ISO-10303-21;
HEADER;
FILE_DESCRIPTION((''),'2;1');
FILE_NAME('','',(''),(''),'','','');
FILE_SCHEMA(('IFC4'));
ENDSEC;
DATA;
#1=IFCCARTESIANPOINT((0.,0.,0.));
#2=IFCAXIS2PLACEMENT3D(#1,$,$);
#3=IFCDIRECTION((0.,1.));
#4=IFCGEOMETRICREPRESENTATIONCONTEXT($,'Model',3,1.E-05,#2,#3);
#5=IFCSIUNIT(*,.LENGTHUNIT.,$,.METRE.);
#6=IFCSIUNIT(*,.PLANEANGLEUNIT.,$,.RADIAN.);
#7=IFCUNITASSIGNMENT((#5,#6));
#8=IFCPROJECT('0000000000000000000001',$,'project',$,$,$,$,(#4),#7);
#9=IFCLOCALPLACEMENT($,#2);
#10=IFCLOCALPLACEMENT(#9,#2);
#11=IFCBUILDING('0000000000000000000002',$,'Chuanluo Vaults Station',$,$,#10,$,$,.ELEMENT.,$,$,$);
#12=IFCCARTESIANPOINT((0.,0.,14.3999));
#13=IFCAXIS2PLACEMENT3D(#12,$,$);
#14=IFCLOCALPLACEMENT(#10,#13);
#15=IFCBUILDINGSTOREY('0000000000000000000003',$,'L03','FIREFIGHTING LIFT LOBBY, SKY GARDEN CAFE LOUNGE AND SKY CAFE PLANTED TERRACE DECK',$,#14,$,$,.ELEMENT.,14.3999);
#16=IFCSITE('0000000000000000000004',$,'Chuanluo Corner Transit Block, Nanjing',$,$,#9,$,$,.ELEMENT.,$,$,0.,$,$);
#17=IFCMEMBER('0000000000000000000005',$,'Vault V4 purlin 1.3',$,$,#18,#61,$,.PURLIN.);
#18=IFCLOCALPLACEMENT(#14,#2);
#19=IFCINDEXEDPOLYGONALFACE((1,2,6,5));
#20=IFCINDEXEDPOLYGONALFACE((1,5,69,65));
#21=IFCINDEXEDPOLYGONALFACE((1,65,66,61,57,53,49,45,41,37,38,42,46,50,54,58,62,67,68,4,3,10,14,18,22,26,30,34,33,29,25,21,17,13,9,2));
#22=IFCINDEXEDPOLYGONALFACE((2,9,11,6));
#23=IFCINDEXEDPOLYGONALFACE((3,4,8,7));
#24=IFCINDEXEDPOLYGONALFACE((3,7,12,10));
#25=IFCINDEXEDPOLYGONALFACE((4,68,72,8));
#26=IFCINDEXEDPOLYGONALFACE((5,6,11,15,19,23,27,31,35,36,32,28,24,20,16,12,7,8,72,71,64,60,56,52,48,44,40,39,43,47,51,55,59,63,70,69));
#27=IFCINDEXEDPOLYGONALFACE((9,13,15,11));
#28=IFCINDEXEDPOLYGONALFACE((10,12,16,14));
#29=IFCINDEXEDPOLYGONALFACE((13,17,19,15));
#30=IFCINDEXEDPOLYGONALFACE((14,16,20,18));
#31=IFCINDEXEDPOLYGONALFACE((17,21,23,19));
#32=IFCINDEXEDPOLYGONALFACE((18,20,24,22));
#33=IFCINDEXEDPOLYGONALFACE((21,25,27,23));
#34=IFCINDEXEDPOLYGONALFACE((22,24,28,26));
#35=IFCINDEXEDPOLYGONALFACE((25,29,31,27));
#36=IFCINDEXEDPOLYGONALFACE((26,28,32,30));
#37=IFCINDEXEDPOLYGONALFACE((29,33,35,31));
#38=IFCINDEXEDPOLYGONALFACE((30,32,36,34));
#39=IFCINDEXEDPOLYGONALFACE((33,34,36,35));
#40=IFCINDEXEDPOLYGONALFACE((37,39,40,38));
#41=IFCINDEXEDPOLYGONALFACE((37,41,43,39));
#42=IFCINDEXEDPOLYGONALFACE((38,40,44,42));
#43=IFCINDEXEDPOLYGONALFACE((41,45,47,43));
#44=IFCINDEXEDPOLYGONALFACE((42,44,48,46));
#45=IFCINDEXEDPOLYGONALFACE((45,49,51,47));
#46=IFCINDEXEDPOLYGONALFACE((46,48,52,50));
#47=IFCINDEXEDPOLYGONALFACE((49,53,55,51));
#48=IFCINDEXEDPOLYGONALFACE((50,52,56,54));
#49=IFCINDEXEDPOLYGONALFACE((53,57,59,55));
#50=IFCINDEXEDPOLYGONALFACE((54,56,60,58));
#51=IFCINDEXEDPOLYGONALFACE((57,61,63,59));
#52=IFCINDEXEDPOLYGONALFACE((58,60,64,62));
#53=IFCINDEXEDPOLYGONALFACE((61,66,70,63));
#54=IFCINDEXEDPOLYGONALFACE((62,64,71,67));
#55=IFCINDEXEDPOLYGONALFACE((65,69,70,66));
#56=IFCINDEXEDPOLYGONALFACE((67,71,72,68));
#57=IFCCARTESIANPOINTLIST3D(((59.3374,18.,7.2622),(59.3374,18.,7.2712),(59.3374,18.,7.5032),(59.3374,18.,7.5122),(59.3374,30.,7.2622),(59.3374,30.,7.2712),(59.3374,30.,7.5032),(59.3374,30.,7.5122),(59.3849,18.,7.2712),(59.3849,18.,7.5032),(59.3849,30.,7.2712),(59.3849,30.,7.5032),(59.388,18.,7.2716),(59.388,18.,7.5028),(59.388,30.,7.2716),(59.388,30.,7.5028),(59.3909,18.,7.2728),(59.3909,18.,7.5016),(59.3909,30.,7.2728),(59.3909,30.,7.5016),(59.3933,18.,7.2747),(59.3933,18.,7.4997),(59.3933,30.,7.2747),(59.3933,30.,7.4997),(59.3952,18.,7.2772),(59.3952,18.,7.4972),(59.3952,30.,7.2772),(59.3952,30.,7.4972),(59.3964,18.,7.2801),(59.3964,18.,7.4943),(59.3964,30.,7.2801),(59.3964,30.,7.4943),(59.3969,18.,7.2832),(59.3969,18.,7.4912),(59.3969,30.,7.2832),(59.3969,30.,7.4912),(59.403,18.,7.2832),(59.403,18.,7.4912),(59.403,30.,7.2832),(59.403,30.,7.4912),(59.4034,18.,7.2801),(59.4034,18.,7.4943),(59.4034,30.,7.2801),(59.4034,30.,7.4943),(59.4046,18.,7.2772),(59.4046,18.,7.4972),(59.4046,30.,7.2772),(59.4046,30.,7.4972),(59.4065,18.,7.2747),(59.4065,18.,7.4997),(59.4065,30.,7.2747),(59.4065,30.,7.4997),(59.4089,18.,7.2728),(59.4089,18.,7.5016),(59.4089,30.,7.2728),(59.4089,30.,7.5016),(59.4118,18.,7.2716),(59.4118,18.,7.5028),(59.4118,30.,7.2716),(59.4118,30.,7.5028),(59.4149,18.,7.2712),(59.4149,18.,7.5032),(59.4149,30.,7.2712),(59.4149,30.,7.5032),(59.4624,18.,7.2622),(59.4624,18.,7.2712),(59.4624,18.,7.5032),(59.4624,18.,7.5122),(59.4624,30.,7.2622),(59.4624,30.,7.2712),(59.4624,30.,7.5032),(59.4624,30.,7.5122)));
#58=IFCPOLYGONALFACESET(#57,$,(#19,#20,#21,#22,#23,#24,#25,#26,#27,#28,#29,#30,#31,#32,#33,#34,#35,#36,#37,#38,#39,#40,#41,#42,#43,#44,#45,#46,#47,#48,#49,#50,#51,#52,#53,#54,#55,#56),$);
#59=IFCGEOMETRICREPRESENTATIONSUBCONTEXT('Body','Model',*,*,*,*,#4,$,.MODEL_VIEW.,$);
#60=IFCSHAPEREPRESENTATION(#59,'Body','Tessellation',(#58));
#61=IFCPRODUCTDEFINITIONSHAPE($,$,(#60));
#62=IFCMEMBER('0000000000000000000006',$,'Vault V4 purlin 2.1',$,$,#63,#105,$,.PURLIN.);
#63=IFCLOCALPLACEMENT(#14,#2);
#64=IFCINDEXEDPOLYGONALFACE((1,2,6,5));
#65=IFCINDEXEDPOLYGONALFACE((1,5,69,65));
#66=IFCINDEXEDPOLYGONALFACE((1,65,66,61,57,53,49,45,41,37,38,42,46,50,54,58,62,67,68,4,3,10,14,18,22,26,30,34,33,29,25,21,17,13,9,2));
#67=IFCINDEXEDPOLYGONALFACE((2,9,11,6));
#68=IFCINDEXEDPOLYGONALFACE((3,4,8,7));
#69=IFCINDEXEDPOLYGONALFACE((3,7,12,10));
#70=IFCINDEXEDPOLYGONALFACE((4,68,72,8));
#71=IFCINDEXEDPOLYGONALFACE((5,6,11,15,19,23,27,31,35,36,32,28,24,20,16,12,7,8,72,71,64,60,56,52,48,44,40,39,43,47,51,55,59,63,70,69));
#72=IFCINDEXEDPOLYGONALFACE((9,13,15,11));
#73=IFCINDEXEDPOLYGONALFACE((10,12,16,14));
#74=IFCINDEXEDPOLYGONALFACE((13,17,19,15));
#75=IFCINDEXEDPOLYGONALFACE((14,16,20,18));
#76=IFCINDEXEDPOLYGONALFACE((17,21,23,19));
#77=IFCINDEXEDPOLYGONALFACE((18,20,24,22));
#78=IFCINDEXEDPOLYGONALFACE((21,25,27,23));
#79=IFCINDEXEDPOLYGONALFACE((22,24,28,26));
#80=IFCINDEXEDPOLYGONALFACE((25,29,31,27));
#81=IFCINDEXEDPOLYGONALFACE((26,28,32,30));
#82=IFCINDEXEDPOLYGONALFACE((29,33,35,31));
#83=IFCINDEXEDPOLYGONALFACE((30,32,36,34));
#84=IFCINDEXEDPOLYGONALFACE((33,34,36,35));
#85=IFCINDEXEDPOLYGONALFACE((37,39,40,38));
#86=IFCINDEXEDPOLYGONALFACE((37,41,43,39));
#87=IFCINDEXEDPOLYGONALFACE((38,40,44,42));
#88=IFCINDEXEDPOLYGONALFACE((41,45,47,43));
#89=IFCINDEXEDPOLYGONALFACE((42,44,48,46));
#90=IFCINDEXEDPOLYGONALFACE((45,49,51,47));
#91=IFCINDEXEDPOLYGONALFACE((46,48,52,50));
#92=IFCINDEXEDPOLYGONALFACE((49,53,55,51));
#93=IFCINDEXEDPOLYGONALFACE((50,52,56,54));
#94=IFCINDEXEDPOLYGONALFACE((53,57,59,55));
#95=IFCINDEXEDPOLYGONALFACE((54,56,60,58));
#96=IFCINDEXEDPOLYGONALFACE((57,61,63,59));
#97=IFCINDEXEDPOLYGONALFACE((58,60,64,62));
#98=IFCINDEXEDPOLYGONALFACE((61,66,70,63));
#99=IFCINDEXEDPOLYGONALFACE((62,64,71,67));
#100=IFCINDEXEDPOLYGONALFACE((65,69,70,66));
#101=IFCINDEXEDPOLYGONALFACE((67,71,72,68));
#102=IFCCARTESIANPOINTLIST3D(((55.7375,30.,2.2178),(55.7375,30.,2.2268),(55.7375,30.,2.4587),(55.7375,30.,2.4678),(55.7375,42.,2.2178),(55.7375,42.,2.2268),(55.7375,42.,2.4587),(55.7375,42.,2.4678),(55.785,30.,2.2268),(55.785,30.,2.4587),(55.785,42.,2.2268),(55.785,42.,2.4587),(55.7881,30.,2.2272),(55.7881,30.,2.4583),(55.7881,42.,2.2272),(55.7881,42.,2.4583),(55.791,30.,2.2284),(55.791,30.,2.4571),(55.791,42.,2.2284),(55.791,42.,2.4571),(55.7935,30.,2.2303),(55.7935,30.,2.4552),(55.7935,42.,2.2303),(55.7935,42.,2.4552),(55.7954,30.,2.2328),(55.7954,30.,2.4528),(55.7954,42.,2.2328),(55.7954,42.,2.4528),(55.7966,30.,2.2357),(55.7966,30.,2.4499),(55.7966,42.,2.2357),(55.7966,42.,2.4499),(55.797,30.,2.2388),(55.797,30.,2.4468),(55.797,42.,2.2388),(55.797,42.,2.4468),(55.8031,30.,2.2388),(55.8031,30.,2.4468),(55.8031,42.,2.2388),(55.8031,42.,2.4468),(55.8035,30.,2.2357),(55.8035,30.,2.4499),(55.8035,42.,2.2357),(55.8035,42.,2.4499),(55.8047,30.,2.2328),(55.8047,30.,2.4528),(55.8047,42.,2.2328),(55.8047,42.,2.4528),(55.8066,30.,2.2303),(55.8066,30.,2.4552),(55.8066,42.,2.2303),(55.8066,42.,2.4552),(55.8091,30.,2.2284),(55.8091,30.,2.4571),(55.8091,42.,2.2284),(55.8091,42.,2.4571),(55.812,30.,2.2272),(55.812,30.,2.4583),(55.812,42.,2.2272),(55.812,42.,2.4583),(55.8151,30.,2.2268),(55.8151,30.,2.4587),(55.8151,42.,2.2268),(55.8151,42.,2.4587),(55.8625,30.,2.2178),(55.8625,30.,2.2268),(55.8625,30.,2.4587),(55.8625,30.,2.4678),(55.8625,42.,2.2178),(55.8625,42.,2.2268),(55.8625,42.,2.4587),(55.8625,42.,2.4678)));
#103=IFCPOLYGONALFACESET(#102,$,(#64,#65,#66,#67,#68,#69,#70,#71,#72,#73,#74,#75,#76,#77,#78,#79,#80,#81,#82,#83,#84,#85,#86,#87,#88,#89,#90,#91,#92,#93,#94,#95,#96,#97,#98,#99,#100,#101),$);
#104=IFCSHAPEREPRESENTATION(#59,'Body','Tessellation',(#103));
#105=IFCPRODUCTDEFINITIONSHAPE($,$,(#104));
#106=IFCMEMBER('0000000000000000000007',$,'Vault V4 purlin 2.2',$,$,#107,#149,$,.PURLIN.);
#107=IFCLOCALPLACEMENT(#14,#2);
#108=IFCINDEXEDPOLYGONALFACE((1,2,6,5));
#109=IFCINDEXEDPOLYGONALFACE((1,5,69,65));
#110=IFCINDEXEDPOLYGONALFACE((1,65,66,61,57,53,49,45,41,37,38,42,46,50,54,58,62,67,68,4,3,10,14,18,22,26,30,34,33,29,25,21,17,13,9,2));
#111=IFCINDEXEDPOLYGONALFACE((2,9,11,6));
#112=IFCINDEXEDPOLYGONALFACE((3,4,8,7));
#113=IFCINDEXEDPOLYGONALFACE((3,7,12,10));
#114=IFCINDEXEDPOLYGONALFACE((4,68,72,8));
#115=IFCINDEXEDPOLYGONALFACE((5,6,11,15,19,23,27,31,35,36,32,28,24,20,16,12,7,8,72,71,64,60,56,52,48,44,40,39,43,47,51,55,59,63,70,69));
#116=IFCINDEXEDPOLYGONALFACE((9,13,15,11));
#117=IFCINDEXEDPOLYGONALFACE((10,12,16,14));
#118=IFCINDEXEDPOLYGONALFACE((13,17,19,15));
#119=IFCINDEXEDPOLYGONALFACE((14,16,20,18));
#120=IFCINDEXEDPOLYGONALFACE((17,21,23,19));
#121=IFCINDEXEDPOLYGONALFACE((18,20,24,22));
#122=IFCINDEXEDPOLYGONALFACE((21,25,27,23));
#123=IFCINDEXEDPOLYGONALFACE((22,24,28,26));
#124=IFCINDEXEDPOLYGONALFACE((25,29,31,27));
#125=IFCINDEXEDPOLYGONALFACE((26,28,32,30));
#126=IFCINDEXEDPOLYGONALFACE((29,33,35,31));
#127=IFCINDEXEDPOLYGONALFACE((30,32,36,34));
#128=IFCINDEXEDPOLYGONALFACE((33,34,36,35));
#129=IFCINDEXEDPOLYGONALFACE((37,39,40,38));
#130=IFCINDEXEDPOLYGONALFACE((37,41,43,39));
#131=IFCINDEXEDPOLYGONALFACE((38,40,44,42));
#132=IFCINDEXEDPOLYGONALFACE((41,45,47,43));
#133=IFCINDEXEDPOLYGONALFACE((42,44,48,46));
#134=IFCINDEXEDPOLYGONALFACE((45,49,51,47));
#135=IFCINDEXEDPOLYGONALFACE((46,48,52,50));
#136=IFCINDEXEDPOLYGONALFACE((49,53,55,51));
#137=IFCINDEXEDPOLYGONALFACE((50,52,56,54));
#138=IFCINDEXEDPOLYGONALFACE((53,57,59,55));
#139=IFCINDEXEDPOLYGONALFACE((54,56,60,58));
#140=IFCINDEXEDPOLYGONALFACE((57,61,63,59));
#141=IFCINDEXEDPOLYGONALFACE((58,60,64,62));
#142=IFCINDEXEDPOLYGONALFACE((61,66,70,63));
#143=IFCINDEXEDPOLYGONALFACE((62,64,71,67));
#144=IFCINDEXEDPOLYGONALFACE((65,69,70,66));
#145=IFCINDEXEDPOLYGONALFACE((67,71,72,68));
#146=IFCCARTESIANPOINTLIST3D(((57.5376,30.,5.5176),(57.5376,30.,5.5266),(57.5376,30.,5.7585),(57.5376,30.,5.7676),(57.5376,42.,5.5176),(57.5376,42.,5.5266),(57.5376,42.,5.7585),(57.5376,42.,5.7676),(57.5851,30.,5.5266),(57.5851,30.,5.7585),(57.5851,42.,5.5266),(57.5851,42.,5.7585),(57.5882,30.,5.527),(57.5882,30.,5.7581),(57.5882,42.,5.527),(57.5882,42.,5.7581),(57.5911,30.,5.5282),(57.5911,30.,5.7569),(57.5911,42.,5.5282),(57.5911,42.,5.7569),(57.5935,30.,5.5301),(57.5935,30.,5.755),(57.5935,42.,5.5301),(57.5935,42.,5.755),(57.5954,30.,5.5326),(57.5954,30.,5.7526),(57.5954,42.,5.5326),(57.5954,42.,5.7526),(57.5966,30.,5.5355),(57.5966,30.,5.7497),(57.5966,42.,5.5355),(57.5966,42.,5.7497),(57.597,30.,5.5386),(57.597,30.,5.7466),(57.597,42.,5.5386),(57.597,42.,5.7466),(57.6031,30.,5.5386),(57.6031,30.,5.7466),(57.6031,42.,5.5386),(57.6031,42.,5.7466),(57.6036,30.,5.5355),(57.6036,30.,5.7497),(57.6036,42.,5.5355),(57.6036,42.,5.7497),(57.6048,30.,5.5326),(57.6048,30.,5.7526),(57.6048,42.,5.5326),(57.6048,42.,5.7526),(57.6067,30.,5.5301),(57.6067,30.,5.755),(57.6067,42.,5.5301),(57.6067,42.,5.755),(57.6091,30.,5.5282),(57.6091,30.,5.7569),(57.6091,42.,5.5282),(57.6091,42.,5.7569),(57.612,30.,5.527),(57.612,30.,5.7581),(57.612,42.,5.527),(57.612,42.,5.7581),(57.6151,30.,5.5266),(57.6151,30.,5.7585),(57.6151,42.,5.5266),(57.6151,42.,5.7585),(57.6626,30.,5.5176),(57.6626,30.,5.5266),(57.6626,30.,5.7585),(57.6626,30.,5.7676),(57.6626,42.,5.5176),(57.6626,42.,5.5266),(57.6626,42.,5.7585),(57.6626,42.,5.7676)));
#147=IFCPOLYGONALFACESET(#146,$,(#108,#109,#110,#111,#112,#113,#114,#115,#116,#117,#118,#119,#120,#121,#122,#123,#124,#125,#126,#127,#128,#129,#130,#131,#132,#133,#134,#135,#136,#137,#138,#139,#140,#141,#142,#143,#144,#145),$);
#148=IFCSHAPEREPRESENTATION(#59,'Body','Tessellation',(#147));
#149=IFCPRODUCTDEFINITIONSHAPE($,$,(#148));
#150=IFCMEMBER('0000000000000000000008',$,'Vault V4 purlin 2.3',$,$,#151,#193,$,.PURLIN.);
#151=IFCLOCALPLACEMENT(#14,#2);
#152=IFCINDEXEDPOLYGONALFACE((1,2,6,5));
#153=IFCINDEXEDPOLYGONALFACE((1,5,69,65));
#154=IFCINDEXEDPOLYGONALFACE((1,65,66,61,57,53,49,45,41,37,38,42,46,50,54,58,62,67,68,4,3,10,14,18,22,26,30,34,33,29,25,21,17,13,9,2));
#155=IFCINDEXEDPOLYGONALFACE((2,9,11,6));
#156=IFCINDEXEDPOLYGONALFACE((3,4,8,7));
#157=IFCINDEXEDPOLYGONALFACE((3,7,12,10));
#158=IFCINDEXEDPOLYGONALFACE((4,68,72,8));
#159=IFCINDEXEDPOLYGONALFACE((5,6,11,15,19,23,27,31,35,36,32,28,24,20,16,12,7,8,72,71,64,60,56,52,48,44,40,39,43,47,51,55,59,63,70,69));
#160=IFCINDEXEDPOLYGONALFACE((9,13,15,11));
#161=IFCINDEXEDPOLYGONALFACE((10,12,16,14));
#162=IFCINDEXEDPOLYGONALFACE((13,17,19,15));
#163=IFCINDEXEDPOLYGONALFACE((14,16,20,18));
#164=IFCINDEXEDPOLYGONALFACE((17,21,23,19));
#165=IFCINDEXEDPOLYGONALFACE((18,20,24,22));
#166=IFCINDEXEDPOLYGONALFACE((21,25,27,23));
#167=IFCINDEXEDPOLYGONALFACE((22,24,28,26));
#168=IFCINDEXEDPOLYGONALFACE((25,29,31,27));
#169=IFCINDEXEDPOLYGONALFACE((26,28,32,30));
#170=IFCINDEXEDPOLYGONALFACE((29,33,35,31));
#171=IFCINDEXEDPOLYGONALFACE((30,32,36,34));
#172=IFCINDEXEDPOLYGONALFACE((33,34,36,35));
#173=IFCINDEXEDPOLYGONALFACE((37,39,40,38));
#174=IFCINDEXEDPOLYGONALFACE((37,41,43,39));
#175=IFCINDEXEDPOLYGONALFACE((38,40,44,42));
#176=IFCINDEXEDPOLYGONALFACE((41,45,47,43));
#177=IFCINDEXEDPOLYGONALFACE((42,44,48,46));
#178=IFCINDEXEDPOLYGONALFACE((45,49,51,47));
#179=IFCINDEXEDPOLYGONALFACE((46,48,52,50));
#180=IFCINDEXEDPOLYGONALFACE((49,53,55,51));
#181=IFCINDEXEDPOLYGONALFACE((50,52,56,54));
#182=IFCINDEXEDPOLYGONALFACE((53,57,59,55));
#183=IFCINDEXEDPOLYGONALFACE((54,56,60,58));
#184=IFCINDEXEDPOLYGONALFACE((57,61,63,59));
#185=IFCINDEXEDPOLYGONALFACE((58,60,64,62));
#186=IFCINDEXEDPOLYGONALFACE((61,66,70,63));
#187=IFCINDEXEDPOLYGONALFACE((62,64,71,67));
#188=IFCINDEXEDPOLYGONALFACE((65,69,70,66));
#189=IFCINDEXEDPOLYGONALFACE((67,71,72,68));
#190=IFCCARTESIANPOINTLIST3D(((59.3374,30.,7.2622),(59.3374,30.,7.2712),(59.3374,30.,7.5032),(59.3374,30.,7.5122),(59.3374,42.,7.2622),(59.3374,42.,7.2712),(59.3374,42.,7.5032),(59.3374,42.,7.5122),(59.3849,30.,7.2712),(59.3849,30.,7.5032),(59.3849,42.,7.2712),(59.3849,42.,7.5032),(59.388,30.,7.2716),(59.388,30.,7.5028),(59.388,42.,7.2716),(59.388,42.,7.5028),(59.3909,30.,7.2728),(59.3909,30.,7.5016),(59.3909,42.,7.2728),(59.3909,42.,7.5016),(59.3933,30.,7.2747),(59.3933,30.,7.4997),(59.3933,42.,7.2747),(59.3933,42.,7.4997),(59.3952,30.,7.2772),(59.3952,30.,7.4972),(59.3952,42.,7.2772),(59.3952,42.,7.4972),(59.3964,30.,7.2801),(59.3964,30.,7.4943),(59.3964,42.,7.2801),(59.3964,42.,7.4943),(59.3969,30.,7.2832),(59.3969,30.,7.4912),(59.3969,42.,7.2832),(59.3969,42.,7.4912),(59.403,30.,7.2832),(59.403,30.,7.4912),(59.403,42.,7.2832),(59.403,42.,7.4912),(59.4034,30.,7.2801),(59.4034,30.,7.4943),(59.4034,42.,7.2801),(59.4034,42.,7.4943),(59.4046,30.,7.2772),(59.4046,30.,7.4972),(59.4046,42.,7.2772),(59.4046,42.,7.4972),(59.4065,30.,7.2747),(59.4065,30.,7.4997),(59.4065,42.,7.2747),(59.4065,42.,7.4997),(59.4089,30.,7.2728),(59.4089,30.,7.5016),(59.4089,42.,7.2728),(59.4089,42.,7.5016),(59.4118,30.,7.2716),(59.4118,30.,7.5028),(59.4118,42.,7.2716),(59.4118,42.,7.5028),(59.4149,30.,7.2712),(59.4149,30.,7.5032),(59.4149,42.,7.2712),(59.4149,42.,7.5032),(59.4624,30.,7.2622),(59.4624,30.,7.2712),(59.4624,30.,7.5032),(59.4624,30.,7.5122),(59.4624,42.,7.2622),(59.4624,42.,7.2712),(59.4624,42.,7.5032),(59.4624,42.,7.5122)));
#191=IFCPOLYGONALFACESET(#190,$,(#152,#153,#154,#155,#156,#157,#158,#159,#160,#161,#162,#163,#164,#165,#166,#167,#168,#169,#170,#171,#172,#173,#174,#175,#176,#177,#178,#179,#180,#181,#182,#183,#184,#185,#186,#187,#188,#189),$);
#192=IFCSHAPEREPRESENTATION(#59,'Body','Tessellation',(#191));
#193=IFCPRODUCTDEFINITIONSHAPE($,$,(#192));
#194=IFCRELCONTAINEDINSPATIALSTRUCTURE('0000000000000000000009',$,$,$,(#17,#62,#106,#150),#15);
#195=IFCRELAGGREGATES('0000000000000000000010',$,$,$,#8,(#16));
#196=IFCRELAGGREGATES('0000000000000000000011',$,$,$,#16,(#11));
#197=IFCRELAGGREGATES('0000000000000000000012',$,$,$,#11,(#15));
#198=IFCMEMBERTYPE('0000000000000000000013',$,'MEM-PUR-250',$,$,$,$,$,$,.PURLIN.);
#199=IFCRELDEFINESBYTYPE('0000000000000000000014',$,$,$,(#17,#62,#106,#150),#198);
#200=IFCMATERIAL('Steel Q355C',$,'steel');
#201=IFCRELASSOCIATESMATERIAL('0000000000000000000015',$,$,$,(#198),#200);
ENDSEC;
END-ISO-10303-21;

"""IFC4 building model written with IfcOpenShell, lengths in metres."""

from ifc_helpers import new_model, si_unit, direction, frame, origin, origin_2d, place, context, subcontext, project, spatial, i_section, extrude, material, material_profile, profile_set, type_object, element, save


model = new_model("IFC4")

# Units and contexts
model_context = context("Model", 3, precision=1e-05, world=origin(), true_north=direction((0.0, 1.0)))
body_context = subcontext(model_context, "Body", "Model", "MODEL_VIEW")
ifc_project = project(units=[si_unit("LENGTHUNIT", "METRE"), si_unit("PLANEANGLEUNIT", "RADIAN")], contexts=[model_context])

# Site, building, storey
site_placement = place(None, origin())
site = spatial("IfcSite", under=ifc_project, at=site_placement, Name="Chuanluo Corner Transit Block, Nanjing", CompositionType="ELEMENT", RefElevation=0.0)
building_placement = place(site_placement, origin())
building = spatial("IfcBuilding", under=site, at=building_placement, Name="Chuanluo Vaults Station", CompositionType="ELEMENT")
storey_placement = place(building_placement, frame((0.0, 0.0, 14.3999)))
storey = spatial("IfcBuildingStorey", under=building, at=storey_placement, Name="L03", Description="FIREFIGHTING LIFT LOBBY, SKY GARDEN CAFE LOUNGE AND SKY CAFE PLANTED TERRACE DECK", CompositionType="ELEMENT", Elevation=14.3999)

# Members
ifc_material_1 = material(Name="Steel Q355C", Category="steel")
ifc_material_profile_1 = material_profile(ifc_material_1, i_section(OverallWidth=0.125, OverallDepth=0.25, WebThickness=0.0061, FlangeThickness=0.009, FilletRadius=0.012, at=origin_2d()))
ifc_profile_set_1 = profile_set([ifc_material_profile_1], Name="Steel Q355C")
member_type_1 = type_object("IfcMemberType", Name="MEM-PUR-250", PredefinedType="PURLIN", material=ifc_profile_set_1)
for number, where, z_axis, x_axis, name in (
    (1, (59.3999, 18.0, 7.3872), (0.0, 1.0, 0.0), (-1.0, 0.0, 0.0), "Vault V4 purlin 1.3"),
    (2, (55.8, 30.0, 2.3428), (0.0, 1.0, 0.0), (-1.0, 0.0, 0.0), "Vault V4 purlin 2.1"),
    (3, (57.6001, 30.0, 5.6426), (0.0, 1.0, 0.0), (-1.0, 0.0, 0.0), "Vault V4 purlin 2.2"),
    (4, (59.3999, 30.0, 7.3872), (0.0, 1.0, 0.0), (-1.0, 0.0, 0.0), "Vault V4 purlin 2.3"),
):
    element("IfcMember", number, at=place(storey_placement, frame(where, z_axis=z_axis, x_axis=x_axis)), inside=storey, type_object=member_type_1, Name=name, PredefinedType="PURLIN", context=body_context, shape_type="SweptSolid", body=[
        extrude(i_section(OverallWidth=0.125, OverallDepth=0.25, WebThickness=0.0061, FlangeThickness=0.009, FilletRadius=0.012, at=origin_2d()), origin(), (0.0, 0.0, 1.0), 12.0),
    ])

save(model, "model.ifc")
